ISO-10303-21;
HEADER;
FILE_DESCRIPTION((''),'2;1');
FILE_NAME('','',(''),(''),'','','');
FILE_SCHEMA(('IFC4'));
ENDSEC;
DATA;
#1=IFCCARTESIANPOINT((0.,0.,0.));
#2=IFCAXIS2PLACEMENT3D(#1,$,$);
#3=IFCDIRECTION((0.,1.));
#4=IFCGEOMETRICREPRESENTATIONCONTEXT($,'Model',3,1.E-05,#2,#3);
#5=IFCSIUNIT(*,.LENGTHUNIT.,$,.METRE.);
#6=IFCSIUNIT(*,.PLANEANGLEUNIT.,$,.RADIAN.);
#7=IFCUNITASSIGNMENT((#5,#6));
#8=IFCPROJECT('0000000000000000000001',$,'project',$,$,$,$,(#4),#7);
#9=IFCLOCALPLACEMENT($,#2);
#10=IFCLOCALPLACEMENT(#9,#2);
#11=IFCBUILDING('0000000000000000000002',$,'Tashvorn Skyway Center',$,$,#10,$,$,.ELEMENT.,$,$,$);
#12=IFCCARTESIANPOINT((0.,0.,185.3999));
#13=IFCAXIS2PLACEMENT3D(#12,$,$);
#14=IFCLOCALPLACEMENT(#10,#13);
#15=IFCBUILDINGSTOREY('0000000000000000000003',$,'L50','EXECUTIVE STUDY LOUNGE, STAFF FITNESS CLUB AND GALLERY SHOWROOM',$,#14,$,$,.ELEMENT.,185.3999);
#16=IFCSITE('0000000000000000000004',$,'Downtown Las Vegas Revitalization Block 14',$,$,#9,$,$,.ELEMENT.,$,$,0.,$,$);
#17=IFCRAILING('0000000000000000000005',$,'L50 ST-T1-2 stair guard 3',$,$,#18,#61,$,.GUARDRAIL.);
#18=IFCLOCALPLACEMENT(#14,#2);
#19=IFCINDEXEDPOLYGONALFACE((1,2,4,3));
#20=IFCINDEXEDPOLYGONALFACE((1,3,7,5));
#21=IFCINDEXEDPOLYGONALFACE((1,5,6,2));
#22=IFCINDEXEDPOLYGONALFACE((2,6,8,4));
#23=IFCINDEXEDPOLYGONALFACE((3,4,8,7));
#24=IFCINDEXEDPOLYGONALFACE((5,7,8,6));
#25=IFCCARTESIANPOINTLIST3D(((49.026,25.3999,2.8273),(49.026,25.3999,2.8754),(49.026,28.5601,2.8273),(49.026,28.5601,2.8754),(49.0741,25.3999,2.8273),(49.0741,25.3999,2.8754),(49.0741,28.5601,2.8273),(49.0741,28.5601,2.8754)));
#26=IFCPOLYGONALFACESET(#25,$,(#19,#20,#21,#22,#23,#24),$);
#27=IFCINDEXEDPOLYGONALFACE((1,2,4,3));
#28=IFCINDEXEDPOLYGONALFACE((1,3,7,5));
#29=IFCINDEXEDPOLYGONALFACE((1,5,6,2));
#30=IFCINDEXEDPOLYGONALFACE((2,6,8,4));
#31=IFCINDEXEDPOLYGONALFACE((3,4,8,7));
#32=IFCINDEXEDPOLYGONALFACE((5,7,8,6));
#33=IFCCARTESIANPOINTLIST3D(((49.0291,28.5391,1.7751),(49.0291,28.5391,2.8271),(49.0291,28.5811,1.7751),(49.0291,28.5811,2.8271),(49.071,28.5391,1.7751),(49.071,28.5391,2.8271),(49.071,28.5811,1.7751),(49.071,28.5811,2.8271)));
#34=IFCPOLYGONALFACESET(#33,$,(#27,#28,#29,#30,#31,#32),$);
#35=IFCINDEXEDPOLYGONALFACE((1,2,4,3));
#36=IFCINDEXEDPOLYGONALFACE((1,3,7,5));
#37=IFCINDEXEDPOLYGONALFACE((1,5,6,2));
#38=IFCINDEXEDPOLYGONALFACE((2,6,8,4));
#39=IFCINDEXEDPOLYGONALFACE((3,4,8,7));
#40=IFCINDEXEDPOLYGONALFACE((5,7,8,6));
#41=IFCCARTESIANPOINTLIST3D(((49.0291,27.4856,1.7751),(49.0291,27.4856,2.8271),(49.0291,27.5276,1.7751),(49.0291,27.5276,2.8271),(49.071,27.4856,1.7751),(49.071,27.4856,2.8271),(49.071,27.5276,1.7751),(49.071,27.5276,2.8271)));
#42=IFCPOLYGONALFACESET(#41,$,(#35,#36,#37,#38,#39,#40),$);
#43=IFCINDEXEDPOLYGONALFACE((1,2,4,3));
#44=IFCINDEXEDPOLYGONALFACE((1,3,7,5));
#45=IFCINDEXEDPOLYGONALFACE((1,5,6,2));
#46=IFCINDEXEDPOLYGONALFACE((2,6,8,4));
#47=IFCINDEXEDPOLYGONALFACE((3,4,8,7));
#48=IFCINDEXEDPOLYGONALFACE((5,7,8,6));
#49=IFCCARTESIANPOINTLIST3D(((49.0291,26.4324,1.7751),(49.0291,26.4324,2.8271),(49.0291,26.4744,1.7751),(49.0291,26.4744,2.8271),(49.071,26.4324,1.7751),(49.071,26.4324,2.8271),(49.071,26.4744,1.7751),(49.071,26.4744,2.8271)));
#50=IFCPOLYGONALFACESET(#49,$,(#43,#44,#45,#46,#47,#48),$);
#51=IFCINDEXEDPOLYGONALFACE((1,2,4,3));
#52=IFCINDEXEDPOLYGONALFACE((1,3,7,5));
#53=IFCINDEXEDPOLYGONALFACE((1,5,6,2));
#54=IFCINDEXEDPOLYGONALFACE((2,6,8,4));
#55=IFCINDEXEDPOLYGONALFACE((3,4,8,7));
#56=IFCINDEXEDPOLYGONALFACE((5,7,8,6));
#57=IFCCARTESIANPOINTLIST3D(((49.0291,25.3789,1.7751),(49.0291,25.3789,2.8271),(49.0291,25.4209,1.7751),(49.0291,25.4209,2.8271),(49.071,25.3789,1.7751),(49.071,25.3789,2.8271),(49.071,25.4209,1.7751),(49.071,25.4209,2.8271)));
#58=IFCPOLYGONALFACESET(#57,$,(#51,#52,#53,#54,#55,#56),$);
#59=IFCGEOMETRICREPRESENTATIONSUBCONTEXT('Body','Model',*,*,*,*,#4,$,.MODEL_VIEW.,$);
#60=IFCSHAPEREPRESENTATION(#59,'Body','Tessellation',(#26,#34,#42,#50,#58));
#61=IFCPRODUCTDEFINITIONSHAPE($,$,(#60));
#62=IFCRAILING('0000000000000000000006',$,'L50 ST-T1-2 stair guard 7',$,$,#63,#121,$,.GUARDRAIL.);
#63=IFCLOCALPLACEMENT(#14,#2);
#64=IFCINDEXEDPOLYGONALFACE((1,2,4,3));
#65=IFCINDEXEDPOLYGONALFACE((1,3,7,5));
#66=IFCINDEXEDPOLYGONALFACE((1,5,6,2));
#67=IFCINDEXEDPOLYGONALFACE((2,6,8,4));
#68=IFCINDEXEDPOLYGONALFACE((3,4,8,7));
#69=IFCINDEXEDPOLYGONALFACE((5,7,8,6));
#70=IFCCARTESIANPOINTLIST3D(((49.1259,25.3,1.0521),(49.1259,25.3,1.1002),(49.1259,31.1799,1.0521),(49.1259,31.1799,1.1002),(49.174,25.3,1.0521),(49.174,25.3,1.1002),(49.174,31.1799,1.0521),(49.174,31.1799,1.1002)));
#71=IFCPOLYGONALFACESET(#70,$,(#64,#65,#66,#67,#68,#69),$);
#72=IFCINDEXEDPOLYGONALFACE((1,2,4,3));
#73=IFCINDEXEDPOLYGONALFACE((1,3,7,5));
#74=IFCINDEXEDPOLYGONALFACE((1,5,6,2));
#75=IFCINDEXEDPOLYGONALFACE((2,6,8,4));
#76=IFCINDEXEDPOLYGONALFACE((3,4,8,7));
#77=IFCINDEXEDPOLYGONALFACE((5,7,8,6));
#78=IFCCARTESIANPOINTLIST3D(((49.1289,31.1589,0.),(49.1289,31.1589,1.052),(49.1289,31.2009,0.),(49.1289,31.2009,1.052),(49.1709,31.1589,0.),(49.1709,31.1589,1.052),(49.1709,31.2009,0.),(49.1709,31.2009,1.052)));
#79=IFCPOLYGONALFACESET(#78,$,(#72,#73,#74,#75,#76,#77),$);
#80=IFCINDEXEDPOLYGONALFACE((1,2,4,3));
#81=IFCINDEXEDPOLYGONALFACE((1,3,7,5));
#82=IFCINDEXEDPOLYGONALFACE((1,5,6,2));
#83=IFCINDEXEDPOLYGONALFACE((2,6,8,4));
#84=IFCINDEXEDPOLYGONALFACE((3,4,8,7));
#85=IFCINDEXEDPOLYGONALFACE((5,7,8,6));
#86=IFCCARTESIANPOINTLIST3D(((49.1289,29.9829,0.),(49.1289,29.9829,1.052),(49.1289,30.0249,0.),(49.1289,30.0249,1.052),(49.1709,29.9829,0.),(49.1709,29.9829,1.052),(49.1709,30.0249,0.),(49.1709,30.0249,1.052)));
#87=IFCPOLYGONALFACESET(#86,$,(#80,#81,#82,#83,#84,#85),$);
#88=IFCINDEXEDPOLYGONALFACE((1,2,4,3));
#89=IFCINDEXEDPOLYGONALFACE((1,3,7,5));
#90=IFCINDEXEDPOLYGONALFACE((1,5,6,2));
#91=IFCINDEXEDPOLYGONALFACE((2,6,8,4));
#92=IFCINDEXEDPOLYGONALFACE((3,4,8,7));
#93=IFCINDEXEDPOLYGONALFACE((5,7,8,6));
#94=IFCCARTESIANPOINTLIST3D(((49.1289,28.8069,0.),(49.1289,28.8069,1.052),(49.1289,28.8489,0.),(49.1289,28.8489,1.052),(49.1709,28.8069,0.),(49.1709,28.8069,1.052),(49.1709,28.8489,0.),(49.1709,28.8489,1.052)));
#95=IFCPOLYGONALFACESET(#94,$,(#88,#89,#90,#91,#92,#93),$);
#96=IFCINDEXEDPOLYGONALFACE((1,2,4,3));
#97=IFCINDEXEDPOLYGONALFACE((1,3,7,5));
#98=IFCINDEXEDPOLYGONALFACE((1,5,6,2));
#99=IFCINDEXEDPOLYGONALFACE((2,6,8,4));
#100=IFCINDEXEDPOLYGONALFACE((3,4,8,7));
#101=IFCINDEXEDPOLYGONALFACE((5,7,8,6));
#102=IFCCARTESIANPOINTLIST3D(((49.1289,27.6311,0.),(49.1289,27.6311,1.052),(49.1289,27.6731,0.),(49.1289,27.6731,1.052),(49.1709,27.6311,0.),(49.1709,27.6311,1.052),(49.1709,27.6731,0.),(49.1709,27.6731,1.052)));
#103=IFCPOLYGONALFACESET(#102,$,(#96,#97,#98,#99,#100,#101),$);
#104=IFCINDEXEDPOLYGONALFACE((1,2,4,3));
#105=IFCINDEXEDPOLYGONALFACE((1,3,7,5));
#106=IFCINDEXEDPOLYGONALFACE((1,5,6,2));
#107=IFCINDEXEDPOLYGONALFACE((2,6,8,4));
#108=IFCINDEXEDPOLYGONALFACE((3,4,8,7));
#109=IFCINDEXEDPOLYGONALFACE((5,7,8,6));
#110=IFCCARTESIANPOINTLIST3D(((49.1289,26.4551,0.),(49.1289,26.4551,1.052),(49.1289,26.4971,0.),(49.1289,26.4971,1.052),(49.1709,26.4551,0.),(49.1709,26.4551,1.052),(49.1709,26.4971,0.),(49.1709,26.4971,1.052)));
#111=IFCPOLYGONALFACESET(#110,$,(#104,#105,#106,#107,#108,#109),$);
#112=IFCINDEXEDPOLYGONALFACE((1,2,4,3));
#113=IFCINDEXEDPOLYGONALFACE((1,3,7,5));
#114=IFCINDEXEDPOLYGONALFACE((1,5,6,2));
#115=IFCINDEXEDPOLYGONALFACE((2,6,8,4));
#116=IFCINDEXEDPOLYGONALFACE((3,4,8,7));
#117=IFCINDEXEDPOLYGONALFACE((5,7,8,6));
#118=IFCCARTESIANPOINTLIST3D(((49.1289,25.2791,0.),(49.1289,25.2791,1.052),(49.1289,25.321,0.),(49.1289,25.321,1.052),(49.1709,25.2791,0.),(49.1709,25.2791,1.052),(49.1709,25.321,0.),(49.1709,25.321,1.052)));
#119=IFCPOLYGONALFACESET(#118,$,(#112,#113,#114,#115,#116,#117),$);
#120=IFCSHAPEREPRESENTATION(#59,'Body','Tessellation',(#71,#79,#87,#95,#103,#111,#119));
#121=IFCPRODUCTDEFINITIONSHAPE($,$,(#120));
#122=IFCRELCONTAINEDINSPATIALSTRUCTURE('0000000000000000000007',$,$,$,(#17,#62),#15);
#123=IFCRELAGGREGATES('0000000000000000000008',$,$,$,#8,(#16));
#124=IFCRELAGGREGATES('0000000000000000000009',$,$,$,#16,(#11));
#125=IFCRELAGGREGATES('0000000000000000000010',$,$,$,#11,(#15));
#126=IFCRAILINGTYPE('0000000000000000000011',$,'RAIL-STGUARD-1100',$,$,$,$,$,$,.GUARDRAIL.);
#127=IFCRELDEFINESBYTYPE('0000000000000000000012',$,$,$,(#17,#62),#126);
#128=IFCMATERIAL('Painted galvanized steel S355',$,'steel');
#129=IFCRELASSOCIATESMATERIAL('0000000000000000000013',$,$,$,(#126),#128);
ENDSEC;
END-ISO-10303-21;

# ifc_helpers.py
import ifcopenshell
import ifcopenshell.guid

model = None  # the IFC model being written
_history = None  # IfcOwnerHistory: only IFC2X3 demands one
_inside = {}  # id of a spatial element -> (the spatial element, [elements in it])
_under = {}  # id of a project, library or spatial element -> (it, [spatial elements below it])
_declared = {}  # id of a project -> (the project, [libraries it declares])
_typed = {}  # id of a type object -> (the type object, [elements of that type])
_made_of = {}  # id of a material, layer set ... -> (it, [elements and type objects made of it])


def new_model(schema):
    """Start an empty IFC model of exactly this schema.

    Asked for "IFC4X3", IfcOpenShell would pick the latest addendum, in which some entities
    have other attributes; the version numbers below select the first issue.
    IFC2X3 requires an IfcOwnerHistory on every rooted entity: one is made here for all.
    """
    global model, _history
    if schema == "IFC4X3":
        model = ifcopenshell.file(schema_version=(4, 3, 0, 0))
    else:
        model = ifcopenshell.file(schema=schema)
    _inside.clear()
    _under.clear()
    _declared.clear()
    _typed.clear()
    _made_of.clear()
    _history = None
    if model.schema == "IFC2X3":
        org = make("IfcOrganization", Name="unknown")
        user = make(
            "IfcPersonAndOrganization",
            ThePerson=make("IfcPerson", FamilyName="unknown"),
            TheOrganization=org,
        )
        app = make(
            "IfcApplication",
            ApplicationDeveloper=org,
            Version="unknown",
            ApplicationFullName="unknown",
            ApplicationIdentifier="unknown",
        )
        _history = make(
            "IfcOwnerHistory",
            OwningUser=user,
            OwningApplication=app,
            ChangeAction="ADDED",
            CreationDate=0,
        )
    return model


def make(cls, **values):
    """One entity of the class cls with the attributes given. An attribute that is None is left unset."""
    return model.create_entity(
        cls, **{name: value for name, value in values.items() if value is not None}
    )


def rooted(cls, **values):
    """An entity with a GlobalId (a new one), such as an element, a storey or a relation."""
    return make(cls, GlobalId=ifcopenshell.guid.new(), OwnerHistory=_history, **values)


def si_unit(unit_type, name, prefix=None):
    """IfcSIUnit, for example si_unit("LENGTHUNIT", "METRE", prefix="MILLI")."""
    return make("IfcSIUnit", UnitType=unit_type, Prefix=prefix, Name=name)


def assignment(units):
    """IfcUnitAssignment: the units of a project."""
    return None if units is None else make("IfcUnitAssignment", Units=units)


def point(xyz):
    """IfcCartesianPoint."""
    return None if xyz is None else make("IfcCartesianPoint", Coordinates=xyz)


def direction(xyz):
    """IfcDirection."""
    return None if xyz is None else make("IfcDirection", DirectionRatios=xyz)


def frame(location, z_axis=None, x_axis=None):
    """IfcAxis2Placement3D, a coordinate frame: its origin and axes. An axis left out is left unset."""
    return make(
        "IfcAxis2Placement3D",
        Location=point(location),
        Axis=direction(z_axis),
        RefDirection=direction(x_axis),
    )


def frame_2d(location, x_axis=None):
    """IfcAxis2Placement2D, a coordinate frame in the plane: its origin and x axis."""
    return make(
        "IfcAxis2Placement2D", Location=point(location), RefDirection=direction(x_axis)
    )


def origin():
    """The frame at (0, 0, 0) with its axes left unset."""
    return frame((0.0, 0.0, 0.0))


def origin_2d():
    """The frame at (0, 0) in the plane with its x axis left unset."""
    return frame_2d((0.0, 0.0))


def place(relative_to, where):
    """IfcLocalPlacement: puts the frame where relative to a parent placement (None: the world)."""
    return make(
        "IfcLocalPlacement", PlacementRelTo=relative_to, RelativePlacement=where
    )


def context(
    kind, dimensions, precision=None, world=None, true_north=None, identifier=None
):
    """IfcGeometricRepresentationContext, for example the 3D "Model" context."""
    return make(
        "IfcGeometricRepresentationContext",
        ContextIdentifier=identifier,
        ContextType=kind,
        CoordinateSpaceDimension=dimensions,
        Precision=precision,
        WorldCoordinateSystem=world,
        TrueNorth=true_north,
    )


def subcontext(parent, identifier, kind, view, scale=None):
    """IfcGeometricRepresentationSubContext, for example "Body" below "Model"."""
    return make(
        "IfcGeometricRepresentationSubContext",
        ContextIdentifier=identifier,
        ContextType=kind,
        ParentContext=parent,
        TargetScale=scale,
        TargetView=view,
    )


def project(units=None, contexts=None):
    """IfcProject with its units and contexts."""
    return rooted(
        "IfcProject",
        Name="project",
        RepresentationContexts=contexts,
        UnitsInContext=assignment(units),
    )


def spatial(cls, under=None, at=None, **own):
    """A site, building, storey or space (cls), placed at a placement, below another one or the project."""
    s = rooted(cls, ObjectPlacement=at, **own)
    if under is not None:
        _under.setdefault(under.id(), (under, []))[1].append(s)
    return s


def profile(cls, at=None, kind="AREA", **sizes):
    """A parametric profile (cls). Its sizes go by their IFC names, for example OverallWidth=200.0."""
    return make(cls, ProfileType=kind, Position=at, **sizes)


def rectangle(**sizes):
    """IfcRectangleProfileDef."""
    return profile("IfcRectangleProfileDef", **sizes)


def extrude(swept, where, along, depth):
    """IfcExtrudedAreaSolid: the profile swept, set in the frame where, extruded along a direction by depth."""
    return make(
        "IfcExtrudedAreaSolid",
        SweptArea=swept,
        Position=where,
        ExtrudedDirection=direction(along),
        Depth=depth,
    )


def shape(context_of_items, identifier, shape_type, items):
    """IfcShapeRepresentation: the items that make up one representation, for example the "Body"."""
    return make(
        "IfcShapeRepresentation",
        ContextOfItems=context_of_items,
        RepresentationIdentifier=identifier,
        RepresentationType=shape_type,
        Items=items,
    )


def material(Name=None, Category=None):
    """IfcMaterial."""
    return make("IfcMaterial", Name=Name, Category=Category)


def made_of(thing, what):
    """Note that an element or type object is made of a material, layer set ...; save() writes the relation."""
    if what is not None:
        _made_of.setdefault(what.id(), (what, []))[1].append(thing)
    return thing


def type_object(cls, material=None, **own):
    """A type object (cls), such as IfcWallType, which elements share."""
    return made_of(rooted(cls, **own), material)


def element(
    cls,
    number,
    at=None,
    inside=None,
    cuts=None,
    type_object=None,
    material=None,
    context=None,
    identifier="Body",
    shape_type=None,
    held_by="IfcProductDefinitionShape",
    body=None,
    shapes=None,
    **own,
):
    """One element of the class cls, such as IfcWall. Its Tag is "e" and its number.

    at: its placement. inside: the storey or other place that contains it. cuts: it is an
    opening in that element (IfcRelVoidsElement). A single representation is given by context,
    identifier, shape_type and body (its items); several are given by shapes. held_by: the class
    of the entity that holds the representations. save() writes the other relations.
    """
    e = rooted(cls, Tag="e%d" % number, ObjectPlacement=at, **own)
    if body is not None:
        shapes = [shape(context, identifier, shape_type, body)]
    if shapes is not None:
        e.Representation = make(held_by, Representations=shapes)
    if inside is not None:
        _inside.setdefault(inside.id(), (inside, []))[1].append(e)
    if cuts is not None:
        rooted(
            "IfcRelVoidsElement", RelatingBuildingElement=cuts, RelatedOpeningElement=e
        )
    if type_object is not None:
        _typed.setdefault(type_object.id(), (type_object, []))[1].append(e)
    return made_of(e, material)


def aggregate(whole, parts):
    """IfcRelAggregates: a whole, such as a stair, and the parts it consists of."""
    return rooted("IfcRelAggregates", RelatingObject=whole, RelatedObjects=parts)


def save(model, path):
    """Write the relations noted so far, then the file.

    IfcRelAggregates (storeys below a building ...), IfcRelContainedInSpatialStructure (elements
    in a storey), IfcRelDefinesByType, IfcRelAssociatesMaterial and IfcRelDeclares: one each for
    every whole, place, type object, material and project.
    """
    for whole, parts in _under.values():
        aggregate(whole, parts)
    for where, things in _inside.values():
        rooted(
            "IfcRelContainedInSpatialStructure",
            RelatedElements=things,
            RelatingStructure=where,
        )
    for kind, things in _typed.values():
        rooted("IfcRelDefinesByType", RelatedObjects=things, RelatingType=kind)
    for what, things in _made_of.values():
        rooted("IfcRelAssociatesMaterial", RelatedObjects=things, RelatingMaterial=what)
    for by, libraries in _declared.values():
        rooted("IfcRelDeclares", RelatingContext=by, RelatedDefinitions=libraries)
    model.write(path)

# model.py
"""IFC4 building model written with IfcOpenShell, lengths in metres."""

from ifc_helpers import new_model, si_unit, direction, frame, origin, origin_2d, place, context, subcontext, project, spatial, rectangle, extrude, material, type_object, element, save


model = new_model("IFC4")

# Units and contexts
model_context = context("Model", 3, precision=1e-05, world=origin(), true_north=direction((0.0, 1.0)))
body_context = subcontext(model_context, "Body", "Model", "MODEL_VIEW")
ifc_project = project(units=[si_unit("LENGTHUNIT", "METRE"), si_unit("PLANEANGLEUNIT", "RADIAN")], contexts=[model_context])

# Site, building, storey
site_placement = place(None, origin())
site = spatial("IfcSite", under=ifc_project, at=site_placement, Name="Downtown Las Vegas Revitalization Block 14", CompositionType="ELEMENT", RefElevation=0.0)
building_placement = place(site_placement, origin())
building = spatial("IfcBuilding", under=site, at=building_placement, Name="Tashvorn Skyway Center", CompositionType="ELEMENT")
storey_placement = place(building_placement, frame((0.0, 0.0, 185.3999)))
storey = spatial("IfcBuildingStorey", under=building, at=storey_placement, Name="L50", Description="EXECUTIVE STUDY LOUNGE, STAFF FITNESS CLUB AND GALLERY SHOWROOM", CompositionType="ELEMENT", Elevation=185.3999)

# Railings
ifc_material_1 = material(Name="Painted galvanized steel S355", Category="steel")
railing_type_1 = type_object("IfcRailingType", Name="RAIL-STGUARD-1100", PredefinedType="GUARDRAIL", material=ifc_material_1)
railing_1_placement = place(storey_placement, frame((49.05, 28.5601, 1.7751)))
element("IfcRailing", 1, at=railing_1_placement, inside=storey, type_object=railing_type_1, Name="L50 ST-T1-2 stair guard 3", PredefinedType="GUARDRAIL", context=body_context, shape_type="SweptSolid", body=[
    extrude(rectangle(XDim=0.0481, YDim=0.0481, at=origin_2d()), frame((0.0, 0.0, 1.0762), z_axis=(0.0, -1.0, 0.0), x_axis=(1.0, 0.0, 0.0)), (0.0, 0.0, 1.0), 3.1602),
    extrude(rectangle(XDim=0.042, YDim=0.042, at=origin_2d()), origin(), (0.0, 0.0, 1.0), 1.052),
    extrude(rectangle(XDim=0.042, YDim=0.042, at=origin_2d()), frame((0.0, -1.0535, 0.0)), (0.0, 0.0, 1.0), 1.052),
    extrude(rectangle(XDim=0.042, YDim=0.042, at=origin_2d()), frame((0.0, -2.1067, 0.0)), (0.0, 0.0, 1.0), 1.052),
    extrude(rectangle(XDim=0.042, YDim=0.042, at=origin_2d()), frame((0.0, -3.1602, 0.0)), (0.0, 0.0, 1.0), 1.052),
])
railing_2_placement = place(storey_placement, frame((49.1499, 31.1799, 0.0)))
element("IfcRailing", 2, at=railing_2_placement, inside=storey, type_object=railing_type_1, Name="L50 ST-T1-2 stair guard 7", PredefinedType="GUARDRAIL", context=body_context, shape_type="SweptSolid", body=[
    extrude(rectangle(XDim=0.0481, YDim=0.0481, at=origin_2d()), frame((0.0, 0.0, 1.0762), z_axis=(0.0, -1.0, 0.0), x_axis=(1.0, 0.0, 0.0)), (0.0, 0.0, 1.0), 5.8799),
    extrude(rectangle(XDim=0.042, YDim=0.042, at=origin_2d()), origin(), (0.0, 0.0, 1.0), 1.052),
    extrude(rectangle(XDim=0.042, YDim=0.042, at=origin_2d()), frame((0.0, -1.176, 0.0)), (0.0, 0.0, 1.0), 1.052),
    extrude(rectangle(XDim=0.042, YDim=0.042, at=origin_2d()), frame((0.0, -2.3521, 0.0)), (0.0, 0.0, 1.0), 1.052),
    extrude(rectangle(XDim=0.042, YDim=0.042, at=origin_2d()), frame((0.0, -3.5278, 0.0)), (0.0, 0.0, 1.0), 1.052),
    extrude(rectangle(XDim=0.042, YDim=0.042, at=origin_2d()), frame((0.0, -4.7039, 0.0)), (0.0, 0.0, 1.0), 1.052),
    extrude(rectangle(XDim=0.042, YDim=0.042, at=origin_2d()), frame((0.0, -5.8799, 0.0)), (0.0, 0.0, 1.0), 1.052),
])

save(model, "model.ifc")
